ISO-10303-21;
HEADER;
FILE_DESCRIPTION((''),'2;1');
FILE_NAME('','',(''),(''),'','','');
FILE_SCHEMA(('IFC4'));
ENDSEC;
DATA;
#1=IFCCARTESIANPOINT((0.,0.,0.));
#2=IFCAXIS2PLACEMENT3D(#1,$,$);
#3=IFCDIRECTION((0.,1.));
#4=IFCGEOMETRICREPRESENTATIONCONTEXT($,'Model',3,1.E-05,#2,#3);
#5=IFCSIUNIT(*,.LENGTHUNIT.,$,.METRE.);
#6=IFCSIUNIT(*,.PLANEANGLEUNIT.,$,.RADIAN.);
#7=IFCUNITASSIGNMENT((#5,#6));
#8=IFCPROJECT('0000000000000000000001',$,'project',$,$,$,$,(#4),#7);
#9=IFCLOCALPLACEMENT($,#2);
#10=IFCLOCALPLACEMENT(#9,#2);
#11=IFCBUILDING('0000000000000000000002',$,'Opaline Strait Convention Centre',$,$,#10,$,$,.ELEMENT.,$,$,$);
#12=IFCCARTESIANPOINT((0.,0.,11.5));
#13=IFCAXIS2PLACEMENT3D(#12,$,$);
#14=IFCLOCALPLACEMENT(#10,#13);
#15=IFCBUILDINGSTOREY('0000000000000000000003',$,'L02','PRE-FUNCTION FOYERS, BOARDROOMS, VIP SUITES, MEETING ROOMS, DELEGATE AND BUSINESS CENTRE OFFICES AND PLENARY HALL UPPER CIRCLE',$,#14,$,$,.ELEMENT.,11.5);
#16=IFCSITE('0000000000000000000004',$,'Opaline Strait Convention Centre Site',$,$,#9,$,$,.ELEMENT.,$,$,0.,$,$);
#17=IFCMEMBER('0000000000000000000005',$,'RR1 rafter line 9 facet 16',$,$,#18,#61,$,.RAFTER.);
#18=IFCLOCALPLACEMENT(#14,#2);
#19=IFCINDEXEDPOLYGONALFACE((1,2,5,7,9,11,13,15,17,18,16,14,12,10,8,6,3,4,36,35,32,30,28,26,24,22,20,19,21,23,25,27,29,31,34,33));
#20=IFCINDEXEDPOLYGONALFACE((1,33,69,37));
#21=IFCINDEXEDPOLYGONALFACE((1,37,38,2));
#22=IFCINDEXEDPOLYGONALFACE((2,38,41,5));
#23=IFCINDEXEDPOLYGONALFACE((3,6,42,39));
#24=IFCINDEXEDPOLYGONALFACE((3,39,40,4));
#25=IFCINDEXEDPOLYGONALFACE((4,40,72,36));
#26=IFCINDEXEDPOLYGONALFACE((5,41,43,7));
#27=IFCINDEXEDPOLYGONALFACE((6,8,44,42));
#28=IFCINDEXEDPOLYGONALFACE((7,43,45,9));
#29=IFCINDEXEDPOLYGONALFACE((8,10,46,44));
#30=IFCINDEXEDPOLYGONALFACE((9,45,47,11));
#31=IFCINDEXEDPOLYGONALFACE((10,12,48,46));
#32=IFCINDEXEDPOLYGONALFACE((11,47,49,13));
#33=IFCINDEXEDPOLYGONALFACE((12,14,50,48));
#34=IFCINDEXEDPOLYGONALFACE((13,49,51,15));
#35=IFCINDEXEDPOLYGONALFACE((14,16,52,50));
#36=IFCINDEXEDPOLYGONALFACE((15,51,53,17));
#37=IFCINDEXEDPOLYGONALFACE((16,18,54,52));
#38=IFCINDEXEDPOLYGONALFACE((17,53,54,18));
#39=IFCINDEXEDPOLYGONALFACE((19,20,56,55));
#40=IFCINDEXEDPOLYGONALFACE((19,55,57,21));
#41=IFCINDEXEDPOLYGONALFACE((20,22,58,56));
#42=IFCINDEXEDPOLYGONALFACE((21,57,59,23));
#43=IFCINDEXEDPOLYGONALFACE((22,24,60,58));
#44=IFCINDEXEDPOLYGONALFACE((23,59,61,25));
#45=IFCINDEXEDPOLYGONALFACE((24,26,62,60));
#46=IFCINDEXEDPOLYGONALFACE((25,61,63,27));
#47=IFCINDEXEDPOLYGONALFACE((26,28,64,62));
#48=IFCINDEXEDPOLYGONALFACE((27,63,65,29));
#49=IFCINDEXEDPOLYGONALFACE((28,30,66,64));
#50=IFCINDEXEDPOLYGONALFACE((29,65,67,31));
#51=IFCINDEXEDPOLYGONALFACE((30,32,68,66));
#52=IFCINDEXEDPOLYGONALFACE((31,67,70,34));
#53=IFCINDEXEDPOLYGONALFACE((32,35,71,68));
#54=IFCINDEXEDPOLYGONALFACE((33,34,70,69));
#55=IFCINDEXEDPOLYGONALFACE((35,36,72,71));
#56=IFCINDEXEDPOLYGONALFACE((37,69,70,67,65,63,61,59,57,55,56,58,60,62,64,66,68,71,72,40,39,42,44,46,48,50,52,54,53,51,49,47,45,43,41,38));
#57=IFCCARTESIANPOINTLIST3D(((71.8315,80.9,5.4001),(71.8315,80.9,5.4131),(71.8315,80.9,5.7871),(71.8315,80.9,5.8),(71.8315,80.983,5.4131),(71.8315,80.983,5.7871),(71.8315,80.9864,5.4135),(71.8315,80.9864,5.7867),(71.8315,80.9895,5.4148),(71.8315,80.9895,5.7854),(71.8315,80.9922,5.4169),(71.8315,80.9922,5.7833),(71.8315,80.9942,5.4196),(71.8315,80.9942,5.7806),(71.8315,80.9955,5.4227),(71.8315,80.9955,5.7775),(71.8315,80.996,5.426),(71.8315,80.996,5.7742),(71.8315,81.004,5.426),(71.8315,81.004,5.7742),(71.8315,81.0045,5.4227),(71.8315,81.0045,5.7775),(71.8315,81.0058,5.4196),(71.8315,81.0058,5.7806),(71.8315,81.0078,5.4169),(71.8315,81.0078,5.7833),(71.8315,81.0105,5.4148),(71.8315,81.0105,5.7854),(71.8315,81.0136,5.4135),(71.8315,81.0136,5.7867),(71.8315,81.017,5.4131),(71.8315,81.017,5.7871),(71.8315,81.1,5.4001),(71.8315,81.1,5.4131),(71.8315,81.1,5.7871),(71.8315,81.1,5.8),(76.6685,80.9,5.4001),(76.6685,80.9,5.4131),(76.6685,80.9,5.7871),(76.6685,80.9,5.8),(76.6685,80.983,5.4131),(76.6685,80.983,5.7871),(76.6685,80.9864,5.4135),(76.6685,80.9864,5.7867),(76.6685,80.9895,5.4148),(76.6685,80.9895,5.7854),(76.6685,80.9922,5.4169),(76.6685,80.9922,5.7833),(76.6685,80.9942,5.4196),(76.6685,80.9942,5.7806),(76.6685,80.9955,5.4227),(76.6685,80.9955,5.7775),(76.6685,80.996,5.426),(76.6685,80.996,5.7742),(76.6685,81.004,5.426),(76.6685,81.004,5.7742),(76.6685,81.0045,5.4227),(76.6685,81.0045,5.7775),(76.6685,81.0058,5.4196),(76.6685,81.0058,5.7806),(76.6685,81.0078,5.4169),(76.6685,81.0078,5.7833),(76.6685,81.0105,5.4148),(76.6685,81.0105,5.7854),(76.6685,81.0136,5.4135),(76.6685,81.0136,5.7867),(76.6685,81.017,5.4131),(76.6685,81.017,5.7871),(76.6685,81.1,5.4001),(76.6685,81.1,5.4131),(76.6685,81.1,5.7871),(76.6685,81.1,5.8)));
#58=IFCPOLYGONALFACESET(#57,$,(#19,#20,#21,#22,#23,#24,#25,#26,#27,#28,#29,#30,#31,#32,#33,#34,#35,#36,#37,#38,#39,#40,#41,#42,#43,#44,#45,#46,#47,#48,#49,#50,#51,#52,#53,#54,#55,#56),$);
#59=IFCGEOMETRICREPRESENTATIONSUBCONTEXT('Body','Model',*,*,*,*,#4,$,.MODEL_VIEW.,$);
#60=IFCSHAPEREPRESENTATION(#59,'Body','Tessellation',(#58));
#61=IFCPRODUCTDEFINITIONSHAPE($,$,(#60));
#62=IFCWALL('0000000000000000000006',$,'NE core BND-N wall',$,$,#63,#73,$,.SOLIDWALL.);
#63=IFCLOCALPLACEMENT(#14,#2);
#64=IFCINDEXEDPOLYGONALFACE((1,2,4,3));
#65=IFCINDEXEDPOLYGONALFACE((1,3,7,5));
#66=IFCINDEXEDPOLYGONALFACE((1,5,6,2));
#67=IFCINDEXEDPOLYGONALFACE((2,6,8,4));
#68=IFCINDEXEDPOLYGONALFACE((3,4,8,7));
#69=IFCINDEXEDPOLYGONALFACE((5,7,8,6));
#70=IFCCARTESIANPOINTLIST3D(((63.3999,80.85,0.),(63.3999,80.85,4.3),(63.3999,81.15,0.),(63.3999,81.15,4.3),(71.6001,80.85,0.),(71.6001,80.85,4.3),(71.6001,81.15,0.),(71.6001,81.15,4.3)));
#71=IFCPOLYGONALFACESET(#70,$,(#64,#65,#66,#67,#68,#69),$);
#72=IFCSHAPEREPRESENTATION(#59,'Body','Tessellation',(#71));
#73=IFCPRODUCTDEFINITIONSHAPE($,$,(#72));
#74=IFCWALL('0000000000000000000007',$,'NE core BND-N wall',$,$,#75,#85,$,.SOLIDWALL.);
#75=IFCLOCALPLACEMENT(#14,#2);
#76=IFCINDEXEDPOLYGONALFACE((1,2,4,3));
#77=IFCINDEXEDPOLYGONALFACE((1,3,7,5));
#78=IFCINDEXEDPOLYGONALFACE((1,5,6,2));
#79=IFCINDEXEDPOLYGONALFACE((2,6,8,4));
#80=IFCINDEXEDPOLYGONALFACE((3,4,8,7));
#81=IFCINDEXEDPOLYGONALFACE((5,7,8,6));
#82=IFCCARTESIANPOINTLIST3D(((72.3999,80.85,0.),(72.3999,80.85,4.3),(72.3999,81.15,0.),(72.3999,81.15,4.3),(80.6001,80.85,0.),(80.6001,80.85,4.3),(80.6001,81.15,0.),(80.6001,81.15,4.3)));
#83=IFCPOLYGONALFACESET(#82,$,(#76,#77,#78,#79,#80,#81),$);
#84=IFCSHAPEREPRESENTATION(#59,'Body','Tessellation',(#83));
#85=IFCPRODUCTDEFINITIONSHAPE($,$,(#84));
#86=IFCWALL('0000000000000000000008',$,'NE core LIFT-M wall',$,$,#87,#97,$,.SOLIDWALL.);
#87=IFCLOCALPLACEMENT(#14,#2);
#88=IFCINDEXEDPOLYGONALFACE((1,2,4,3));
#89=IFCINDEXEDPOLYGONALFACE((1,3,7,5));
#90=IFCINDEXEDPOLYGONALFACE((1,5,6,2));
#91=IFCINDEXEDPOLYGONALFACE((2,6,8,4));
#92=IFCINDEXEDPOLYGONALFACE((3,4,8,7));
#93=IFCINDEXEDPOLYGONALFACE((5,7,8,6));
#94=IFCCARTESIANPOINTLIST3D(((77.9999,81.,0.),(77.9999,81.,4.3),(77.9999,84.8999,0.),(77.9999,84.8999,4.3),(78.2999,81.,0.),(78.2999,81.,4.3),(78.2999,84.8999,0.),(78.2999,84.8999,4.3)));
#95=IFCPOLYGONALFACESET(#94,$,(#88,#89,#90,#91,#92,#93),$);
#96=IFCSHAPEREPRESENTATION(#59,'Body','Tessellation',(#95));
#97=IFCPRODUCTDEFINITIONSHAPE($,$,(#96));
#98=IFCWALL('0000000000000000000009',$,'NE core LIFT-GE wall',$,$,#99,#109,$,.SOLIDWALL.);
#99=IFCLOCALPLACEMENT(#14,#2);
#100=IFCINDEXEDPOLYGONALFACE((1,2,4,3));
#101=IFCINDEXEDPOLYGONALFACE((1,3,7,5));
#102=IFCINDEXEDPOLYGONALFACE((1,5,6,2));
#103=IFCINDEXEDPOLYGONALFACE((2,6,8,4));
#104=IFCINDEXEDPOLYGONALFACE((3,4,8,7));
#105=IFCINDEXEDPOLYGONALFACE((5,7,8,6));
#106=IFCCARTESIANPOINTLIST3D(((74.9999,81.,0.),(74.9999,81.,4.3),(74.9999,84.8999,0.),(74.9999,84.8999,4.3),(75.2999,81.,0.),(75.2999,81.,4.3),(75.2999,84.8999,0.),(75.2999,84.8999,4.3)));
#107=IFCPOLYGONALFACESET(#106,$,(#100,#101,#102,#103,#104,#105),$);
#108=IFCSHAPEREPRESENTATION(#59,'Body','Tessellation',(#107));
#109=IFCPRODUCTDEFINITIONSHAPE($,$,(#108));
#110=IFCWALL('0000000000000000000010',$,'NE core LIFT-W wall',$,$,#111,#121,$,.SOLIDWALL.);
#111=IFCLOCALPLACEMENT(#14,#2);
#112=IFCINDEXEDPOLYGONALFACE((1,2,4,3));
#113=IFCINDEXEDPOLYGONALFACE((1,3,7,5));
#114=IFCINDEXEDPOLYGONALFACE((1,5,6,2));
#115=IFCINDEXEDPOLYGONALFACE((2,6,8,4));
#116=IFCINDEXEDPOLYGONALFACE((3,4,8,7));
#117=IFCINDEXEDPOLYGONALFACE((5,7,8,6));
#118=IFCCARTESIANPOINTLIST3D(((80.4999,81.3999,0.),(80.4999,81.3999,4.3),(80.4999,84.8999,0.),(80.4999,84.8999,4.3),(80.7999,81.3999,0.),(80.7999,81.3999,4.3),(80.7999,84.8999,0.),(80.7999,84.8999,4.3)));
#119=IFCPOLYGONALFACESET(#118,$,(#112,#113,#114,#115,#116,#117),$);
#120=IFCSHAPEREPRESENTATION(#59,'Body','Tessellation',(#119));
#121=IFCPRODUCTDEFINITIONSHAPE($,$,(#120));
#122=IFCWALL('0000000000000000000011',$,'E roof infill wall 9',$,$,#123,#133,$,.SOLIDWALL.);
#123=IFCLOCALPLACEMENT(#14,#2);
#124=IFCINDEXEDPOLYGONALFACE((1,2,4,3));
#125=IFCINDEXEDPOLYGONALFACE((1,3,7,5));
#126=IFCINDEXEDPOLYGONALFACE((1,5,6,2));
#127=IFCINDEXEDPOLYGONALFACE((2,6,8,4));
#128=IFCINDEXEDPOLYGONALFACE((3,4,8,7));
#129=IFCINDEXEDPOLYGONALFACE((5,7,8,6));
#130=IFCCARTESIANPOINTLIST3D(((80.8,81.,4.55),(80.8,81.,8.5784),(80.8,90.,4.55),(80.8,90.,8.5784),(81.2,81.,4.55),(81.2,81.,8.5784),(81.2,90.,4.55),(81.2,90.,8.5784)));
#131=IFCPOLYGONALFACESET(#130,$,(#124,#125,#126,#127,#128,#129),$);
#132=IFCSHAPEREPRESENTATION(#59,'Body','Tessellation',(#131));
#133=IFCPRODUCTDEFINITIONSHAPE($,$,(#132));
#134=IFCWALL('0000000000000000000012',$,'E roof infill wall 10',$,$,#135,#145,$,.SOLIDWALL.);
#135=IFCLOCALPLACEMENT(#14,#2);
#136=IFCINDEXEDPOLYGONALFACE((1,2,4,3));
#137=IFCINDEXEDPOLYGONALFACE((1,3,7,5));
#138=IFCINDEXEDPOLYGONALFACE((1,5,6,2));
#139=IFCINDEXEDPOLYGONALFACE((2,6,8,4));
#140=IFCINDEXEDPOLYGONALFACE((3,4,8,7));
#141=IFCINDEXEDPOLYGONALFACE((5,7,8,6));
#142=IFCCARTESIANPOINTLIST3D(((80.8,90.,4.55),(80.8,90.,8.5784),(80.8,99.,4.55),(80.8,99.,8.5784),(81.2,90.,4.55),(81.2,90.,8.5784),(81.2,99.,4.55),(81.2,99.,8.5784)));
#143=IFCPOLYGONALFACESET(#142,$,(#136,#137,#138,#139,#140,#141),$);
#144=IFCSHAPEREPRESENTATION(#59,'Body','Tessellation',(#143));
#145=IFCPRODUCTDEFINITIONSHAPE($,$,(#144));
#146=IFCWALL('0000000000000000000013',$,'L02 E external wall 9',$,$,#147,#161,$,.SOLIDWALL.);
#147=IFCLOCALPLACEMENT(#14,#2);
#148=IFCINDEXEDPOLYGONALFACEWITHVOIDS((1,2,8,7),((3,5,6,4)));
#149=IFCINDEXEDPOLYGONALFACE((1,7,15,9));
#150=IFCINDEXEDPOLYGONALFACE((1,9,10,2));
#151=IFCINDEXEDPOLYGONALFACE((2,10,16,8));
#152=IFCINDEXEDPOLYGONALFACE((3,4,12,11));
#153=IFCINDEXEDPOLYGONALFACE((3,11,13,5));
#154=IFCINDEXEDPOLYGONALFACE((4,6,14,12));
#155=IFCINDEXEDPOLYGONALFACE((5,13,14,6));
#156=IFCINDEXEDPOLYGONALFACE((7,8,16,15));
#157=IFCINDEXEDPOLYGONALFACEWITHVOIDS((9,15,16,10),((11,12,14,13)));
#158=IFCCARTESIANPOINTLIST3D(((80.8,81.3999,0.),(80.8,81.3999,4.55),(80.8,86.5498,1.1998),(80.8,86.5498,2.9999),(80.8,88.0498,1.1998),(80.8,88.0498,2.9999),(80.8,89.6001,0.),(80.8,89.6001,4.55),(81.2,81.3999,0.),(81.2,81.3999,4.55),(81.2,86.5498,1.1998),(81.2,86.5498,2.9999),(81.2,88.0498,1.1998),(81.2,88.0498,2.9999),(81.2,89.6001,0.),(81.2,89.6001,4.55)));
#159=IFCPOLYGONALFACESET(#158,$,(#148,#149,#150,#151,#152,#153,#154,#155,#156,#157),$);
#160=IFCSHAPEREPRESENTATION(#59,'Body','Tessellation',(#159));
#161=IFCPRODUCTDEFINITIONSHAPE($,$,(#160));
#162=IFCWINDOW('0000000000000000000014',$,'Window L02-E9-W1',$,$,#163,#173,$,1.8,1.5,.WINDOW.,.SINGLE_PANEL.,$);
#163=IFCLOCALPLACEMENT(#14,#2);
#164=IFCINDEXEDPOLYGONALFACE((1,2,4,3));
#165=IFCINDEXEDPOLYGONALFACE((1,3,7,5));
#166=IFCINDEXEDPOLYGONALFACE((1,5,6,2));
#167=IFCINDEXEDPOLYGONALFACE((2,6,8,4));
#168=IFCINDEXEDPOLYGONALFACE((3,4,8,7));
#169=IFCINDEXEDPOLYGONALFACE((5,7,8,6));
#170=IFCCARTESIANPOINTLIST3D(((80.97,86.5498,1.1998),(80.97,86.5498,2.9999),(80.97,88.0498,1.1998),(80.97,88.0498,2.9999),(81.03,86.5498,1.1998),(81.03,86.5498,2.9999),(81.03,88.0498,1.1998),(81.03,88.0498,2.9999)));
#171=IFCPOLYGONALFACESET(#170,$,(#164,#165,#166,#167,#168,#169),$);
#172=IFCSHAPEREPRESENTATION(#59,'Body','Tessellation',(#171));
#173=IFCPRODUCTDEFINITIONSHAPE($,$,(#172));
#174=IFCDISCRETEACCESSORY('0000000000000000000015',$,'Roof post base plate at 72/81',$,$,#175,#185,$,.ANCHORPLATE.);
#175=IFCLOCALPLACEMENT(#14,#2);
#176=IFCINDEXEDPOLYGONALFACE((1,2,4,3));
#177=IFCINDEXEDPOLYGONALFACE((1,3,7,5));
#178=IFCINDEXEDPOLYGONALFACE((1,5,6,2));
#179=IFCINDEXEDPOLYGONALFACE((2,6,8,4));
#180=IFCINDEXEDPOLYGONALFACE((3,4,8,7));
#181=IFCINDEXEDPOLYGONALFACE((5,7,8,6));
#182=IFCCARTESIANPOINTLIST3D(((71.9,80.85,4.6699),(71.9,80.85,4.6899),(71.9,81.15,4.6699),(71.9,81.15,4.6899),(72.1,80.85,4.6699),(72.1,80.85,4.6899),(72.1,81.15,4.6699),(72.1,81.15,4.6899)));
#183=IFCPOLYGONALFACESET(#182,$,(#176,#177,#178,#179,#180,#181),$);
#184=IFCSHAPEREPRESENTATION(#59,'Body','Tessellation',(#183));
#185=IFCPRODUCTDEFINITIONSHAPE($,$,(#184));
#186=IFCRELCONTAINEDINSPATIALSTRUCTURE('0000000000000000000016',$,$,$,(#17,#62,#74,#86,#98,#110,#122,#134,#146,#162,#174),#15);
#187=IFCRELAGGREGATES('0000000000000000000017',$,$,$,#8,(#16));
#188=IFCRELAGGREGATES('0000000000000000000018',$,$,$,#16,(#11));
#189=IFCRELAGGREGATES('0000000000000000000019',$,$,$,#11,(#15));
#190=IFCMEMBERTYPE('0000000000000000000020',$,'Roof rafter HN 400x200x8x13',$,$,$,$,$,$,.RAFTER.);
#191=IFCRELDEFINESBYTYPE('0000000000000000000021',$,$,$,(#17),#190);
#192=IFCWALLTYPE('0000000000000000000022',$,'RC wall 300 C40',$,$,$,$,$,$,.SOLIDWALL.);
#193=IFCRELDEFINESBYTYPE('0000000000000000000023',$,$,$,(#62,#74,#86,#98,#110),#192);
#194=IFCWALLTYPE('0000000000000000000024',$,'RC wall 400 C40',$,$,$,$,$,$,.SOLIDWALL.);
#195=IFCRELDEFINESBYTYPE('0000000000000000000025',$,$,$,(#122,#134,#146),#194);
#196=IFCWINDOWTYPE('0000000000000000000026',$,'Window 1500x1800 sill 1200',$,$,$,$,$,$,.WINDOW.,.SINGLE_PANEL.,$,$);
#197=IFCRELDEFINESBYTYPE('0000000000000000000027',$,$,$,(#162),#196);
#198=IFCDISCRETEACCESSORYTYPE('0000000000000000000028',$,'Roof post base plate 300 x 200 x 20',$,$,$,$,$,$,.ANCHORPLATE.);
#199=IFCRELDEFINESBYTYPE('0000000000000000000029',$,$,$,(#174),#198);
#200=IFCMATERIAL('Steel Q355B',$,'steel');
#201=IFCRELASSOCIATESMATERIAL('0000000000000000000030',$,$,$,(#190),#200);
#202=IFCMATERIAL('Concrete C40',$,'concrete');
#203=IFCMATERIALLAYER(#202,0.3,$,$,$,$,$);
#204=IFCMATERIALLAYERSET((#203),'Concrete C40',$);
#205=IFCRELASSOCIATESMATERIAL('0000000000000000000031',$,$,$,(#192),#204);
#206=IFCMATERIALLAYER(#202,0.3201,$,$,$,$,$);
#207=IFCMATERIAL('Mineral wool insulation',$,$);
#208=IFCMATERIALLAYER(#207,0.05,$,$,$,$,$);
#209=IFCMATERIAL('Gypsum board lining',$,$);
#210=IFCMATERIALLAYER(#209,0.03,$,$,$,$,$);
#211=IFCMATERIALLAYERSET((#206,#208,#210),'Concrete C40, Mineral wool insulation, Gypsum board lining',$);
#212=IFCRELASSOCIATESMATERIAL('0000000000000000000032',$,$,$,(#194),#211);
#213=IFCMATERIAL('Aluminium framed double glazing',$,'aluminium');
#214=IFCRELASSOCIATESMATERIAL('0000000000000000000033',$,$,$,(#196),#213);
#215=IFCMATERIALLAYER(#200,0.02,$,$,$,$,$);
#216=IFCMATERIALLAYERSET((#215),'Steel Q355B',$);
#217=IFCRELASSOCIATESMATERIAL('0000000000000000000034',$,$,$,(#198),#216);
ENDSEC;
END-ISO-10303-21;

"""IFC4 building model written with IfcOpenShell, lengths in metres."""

from ifc_helpers import new_model, si_unit, direction, frame, frame_2d, origin, origin_2d, place, context, subcontext, project, spatial, rectangle, i_section, extrude, material, layer, layer_set, material_profile, profile_set, type_object, element, fill, save


model = new_model("IFC4")

# Units and contexts
model_context = context("Model", 3, precision=1e-05, world=origin(), true_north=direction((0.0, 1.0)))
body_context = subcontext(model_context, "Body", "Model", "MODEL_VIEW")
ifc_project = project(units=[si_unit("LENGTHUNIT", "METRE"), si_unit("PLANEANGLEUNIT", "RADIAN")], contexts=[model_context])

# Site, building, storey
site_placement = place(None, origin())
site = spatial("IfcSite", under=ifc_project, at=site_placement, Name="Opaline Strait Convention Centre Site", CompositionType="ELEMENT", RefElevation=0.0)
building_placement = place(site_placement, origin())
building = spatial("IfcBuilding", under=site, at=building_placement, Name="Opaline Strait Convention Centre", CompositionType="ELEMENT")
storey_placement = place(building_placement, frame((0.0, 0.0, 11.5)))
storey = spatial("IfcBuildingStorey", under=building, at=storey_placement, Name="L02", Description="PRE-FUNCTION FOYERS, BOARDROOMS, VIP SUITES, MEETING ROOMS, DELEGATE AND BUSINESS CENTRE OFFICES AND PLENARY HALL UPPER CIRCLE", CompositionType="ELEMENT", Elevation=11.5)

# Shared definitions
ifc_material_1 = material(Name="Concrete C40", Category="concrete")

# Member
ifc_material_2 = material(Name="Steel Q355B", Category="steel")
ifc_material_profile_1 = material_profile(ifc_material_2, i_section(OverallWidth=0.2, OverallDepth=0.3999, WebThickness=0.0081, FlangeThickness=0.0129, FilletRadius=0.0129, at=origin_2d()), Name="HN 400x200x8x13")
ifc_profile_set_1 = profile_set([ifc_material_profile_1], Name="Steel Q355B")
member_type_1 = type_object("IfcMemberType", Name="Roof rafter HN 400x200x8x13", PredefinedType="RAFTER", material=ifc_profile_set_1)
member_1_placement = place(storey_placement, frame((71.8315, 81.0, 5.6001), z_axis=(1.0, 0.0, 0.0), x_axis=(0.0, 1.0, 0.0)))
element("IfcMember", 1, at=member_1_placement, inside=storey, type_object=member_type_1, Name="RR1 rafter line 9 facet 16", PredefinedType="RAFTER", context=body_context, shape_type="SweptSolid", body=[
    extrude(i_section(OverallWidth=0.2, OverallDepth=0.3999, WebThickness=0.0081, FlangeThickness=0.0129, FilletRadius=0.0129, at=origin_2d()), origin(), (0.0, 0.0, 1.0), 4.8369),
])

# Walls
ifc_layer_1 = layer(ifc_material_1, 0.3)
ifc_layer_set_1 = layer_set([ifc_layer_1], Name="Concrete C40")
wall_type_1 = type_object("IfcWallType", Name="RC wall 300 C40", PredefinedType="SOLIDWALL", material=ifc_layer_set_1)
for number, where, z_axis, x_axis, name in (
    (2, (71.6001, 81.0, 0.0), (0.0, 0.0, 1.0), (-1.0, 0.0, 0.0), "NE core BND-N wall"),
    (3, (80.6001, 81.0, 0.0), (0.0, 0.0, 1.0), (-1.0, 0.0, 0.0), "NE core BND-N wall"),
):
    element("IfcWall", number, at=place(storey_placement, frame(where, z_axis=z_axis, x_axis=x_axis)), inside=storey, type_object=wall_type_1, Name=name, PredefinedType="SOLIDWALL", context=body_context, shape_type="SweptSolid", body=[
        extrude(rectangle(XDim=8.2002, YDim=0.3, at=frame_2d((4.1001, 0.0))), origin(), (0.0, 0.0, 1.0), 4.3),
    ])

# Walls
for number, where, z_axis, x_axis, name in (
    (4, (78.1499, 84.8999, 0.0), (0.0, 0.0, 1.0), (0.0, -1.0, 0.0), "NE core LIFT-M wall"),
    (5, (75.1499, 84.8999, 0.0), (0.0, 0.0, 1.0), (0.0, -1.0, 0.0), "NE core LIFT-GE wall"),
):
    element("IfcWall", number, at=place(storey_placement, frame(where, z_axis=z_axis, x_axis=x_axis)), inside=storey, type_object=wall_type_1, Name=name, PredefinedType="SOLIDWALL", context=body_context, shape_type="SweptSolid", body=[
        extrude(rectangle(XDim=3.8999, YDim=0.3, at=frame_2d((1.95, 0.0))), origin(), (0.0, 0.0, 1.0), 4.3),
    ])
wall_1_placement = place(storey_placement, frame((80.6499, 84.8999, 0.0), z_axis=(0.0, 0.0, 1.0), x_axis=(0.0, -1.0, 0.0)))
element("IfcWall", 6, at=wall_1_placement, inside=storey, type_object=wall_type_1, Name="NE core LIFT-W wall", PredefinedType="SOLIDWALL", context=body_context, shape_type="SweptSolid", body=[
    extrude(rectangle(XDim=3.5, YDim=0.3, at=frame_2d((1.75, 0.0))), origin(), (0.0, 0.0, 1.0), 4.3),
])
ifc_layer_2 = layer(ifc_material_1, 0.3201)
ifc_material_3 = material(Name="Mineral wool insulation")
ifc_layer_3 = layer(ifc_material_3, 0.05)
ifc_material_4 = material(Name="Gypsum board lining")
ifc_layer_4 = layer(ifc_material_4, 0.03)
ifc_layer_set_2 = layer_set([ifc_layer_2, ifc_layer_3, ifc_layer_4], Name="Concrete C40, Mineral wool insulation, Gypsum board lining")
wall_type_2 = type_object("IfcWallType", Name="RC wall 400 C40", PredefinedType="SOLIDWALL", material=ifc_layer_set_2)
for number, where, z_axis, x_axis, name in (
    (7, (81.0, 81.0, 4.55), (0.0, 0.0, 1.0), (0.0, 1.0, 0.0), "E roof infill wall 9"),
    (8, (81.0, 90.0, 4.55), (0.0, 0.0, 1.0), (0.0, 1.0, 0.0), "E roof infill wall 10"),
):
    element("IfcWall", number, at=place(storey_placement, frame(where, z_axis=z_axis, x_axis=x_axis)), inside=storey, type_object=wall_type_2, Name=name, PredefinedType="SOLIDWALL", context=body_context, shape_type="SweptSolid", body=[
        extrude(rectangle(XDim=9.0, YDim=0.3999, at=frame_2d((4.5, 0.0))), origin(), (0.0, 0.0, 1.0), 4.0283),
    ])

# Wall, opening, window
wall_2_placement = place(storey_placement, frame((81.0, 81.3999, 0.0), z_axis=(0.0, 0.0, 1.0), x_axis=(0.0, 1.0, 0.0)))
wall_2 = element("IfcWall", 9, at=wall_2_placement, inside=storey, type_object=wall_type_2, Name="L02 E external wall 9", PredefinedType="SOLIDWALL", context=body_context, shape_type="SweptSolid", body=[
    extrude(rectangle(XDim=8.2002, YDim=0.3999, at=frame_2d((4.1001, 0.0))), origin(), (0.0, 0.0, 1.0), 4.55),
])
opening_1_placement = place(wall_2_placement, frame((5.1499, 0.0, 1.2)))
opening_1 = element("IfcOpeningElement", 10, at=opening_1_placement, cuts=wall_2, PredefinedType="OPENING", context=body_context, shape_type="SweptSolid", body=[
    extrude(rectangle(XDim=1.5, YDim=1.8, at=frame_2d((0.75, 0.8999))), frame((0.0, 0.21, 0.0), z_axis=(0.0, -1.0, 0.0), x_axis=(1.0, 0.0, 0.0)), (0.0, 0.0, 1.0), 0.4199),
])
ifc_material_5 = material(Name="Aluminium framed double glazing", Category="aluminium")
window_type = type_object("IfcWindowType", Name="Window 1500x1800 sill 1200", PartitioningType="SINGLE_PANEL", PredefinedType="WINDOW", material=ifc_material_5)
window_placement = place(opening_1_placement, origin())
window = element("IfcWindow", 11, at=window_placement, inside=storey, type_object=window_type, Name="Window L02-E9-W1", OverallHeight=1.8, OverallWidth=1.5, PartitioningType="SINGLE_PANEL", PredefinedType="WINDOW", context=body_context, shape_type="SweptSolid", body=[
    extrude(rectangle(XDim=1.5, YDim=1.8, at=frame_2d((0.75, 0.8999))), frame((0.0, 0.03, 0.0), z_axis=(0.0, -1.0, 0.0), x_axis=(1.0, 0.0, 0.0)), (0.0, 0.0, 1.0), 0.0601),
])
fill(opening_1, window)

# Discrete accessory
ifc_layer_5 = layer(ifc_material_2, 0.02)
ifc_layer_set_3 = layer_set([ifc_layer_5], Name="Steel Q355B")
discrete_accessory_type_1 = type_object("IfcDiscreteAccessoryType", Name="Roof post base plate 300 x 200 x 20", PredefinedType="ANCHORPLATE", material=ifc_layer_set_3)
for number, where, z_axis, x_axis, name in (
    (12, (72.0, 81.0, 4.6699), (0.0, 0.0, 1.0), (1.0, 0.0, 0.0), "Roof post base plate at 72/81"),
):
    element("IfcDiscreteAccessory", number, at=place(storey_placement, frame(where, z_axis=z_axis, x_axis=x_axis)), inside=storey, type_object=discrete_accessory_type_1, Name=name, PredefinedType="ANCHORPLATE", context=body_context, shape_type="SweptSolid", body=[
        extrude(rectangle(XDim=0.2, YDim=0.3, at=origin_2d()), origin(), (0.0, 0.0, 1.0), 0.02),
    ])

save(model, "model.ifc")
